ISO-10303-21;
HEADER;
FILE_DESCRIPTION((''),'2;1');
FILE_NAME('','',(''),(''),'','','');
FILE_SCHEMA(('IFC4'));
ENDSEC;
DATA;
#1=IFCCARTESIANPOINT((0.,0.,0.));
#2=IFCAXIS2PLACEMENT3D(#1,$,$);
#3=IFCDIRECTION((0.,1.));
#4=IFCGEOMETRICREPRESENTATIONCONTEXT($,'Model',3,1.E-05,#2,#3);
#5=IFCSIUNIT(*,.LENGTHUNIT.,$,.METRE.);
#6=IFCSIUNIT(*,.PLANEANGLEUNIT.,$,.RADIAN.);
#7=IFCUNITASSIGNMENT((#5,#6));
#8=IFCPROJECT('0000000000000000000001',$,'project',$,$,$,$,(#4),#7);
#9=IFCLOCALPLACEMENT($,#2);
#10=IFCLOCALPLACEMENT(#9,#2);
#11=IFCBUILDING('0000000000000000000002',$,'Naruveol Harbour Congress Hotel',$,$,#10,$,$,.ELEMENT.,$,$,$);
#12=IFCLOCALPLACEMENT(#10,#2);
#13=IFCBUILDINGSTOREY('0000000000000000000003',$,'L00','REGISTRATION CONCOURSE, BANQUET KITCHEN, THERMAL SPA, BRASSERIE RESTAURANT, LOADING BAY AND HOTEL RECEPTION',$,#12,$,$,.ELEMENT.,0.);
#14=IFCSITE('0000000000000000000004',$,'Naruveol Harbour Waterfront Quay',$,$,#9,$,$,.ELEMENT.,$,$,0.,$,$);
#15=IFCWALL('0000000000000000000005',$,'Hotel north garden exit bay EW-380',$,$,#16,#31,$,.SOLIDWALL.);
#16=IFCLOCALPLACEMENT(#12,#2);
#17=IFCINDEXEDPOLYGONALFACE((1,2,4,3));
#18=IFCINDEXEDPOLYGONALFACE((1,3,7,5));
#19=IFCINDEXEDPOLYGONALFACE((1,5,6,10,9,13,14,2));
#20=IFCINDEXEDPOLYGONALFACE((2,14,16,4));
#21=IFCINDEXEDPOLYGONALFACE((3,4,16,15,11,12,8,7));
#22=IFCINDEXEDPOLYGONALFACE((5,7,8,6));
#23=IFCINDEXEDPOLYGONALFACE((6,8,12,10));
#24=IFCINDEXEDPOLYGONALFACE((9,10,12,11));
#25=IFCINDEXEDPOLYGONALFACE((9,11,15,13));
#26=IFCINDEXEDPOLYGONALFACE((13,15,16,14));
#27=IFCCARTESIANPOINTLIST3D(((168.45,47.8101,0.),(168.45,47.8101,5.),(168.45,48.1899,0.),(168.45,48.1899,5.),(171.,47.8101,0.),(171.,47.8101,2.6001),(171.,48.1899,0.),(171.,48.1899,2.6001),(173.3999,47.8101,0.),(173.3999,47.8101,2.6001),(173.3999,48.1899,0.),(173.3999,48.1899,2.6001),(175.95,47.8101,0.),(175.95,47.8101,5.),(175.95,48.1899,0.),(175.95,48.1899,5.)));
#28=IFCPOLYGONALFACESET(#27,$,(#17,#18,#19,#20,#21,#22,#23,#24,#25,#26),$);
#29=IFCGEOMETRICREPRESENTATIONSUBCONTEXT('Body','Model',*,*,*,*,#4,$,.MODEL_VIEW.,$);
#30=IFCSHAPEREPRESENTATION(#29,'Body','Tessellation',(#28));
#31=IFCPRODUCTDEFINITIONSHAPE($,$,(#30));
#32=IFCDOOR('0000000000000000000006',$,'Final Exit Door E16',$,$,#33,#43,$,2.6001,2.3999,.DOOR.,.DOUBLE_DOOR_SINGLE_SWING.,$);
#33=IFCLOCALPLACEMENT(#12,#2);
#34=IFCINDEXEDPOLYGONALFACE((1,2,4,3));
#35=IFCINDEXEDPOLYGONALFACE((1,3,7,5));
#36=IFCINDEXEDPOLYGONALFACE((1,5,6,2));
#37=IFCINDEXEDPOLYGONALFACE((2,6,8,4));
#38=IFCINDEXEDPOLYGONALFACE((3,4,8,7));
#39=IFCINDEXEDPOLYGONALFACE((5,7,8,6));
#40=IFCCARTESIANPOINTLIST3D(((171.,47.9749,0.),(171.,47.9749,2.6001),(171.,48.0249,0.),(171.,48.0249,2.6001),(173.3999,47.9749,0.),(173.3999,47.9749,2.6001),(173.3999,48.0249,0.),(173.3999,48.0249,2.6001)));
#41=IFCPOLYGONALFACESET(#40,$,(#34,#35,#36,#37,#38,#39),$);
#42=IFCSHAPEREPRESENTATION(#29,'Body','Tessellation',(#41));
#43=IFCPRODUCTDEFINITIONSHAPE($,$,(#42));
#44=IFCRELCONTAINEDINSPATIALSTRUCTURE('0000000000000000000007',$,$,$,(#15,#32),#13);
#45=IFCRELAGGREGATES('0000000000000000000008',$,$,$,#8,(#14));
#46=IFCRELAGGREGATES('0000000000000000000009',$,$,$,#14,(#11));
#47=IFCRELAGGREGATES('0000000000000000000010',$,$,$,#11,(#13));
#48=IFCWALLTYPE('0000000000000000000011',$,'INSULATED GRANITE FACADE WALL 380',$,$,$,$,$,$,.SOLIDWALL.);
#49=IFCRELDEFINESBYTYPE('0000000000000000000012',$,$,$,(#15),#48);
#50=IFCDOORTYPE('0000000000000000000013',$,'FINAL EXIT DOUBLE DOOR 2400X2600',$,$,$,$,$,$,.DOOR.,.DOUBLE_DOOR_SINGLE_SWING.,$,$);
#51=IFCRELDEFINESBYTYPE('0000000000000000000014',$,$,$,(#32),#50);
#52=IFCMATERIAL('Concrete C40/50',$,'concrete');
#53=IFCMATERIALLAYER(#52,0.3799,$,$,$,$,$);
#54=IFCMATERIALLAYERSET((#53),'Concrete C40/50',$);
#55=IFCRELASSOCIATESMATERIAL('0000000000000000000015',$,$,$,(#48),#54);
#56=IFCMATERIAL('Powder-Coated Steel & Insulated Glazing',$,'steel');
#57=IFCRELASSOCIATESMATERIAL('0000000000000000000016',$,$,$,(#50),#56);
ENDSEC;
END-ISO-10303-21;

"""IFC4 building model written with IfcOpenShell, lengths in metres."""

from ifc_helpers import new_model, si_unit, direction, frame, frame_2d, origin, place, context, subcontext, project, spatial, rectangle, extrude, material, layer, layer_set, type_object, element, fill, save


model = new_model("IFC4")

# Units and contexts
model_context = context("Model", 3, precision=1e-05, world=origin(), true_north=direction((0.0, 1.0)))
body_context = subcontext(model_context, "Body", "Model", "MODEL_VIEW")
ifc_project = project(units=[si_unit("LENGTHUNIT", "METRE"), si_unit("PLANEANGLEUNIT", "RADIAN")], contexts=[model_context])

# Site, building, storey
site_placement = place(None, origin())
site = spatial("IfcSite", under=ifc_project, at=site_placement, Name="Naruveol Harbour Waterfront Quay", CompositionType="ELEMENT", RefElevation=0.0)
building_placement = place(site_placement, origin())
building = spatial("IfcBuilding", under=site, at=building_placement, Name="Naruveol Harbour Congress Hotel", CompositionType="ELEMENT")
storey_placement = place(building_placement, origin())
storey = spatial("IfcBuildingStorey", under=building, at=storey_placement, Name="L00", Description="REGISTRATION CONCOURSE, BANQUET KITCHEN, THERMAL SPA, BRASSERIE RESTAURANT, LOADING BAY AND HOTEL RECEPTION", CompositionType="ELEMENT", Elevation=0.0)

# Wall, opening, door
ifc_material_1 = material(Name="Concrete C40/50", Category="concrete")
ifc_layer_1 = layer(ifc_material_1, 0.3799)
ifc_layer_set_1 = layer_set([ifc_layer_1], Name="Concrete C40/50")
wall_type_1 = type_object("IfcWallType", Name="INSULATED GRANITE FACADE WALL 380", PredefinedType="SOLIDWALL", material=ifc_layer_set_1)
wall_1_placement = place(storey_placement, frame((168.45, 48.0, 0.0), z_axis=(0.0, 0.0, 1.0), x_axis=(1.0, 0.0, 0.0)))
wall_1 = element("IfcWall", 1, at=wall_1_placement, inside=storey, type_object=wall_type_1, Name="Hotel north garden exit bay EW-380", PredefinedType="SOLIDWALL", context=body_context, shape_type="SweptSolid", body=[
    extrude(rectangle(XDim=7.5, YDim=0.3799, at=frame_2d((3.75, 0.0))), origin(), (0.0, 0.0, 1.0), 5.0),
])
opening_1_placement = place(wall_1_placement, frame((2.55, 0.0, 0.0)))
opening_1 = element("IfcOpeningElement", 2, at=opening_1_placement, cuts=wall_1, PredefinedType="OPENING", context=body_context, shape_type="SweptSolid", body=[
    extrude(rectangle(XDim=2.3999, YDim=2.6001, at=frame_2d((1.2, 1.3))), frame((0.0, 0.2, 0.0), z_axis=(0.0, -1.0, 0.0), x_axis=(1.0, 0.0, 0.0)), (0.0, 0.0, 1.0), 0.3999),
])
ifc_material_2 = material(Name="Powder-Coated Steel & Insulated Glazing", Category="steel")
door_type_1 = type_object("IfcDoorType", Name="FINAL EXIT DOUBLE DOOR 2400X2600", OperationType="DOUBLE_DOOR_SINGLE_SWING", PredefinedType="DOOR", material=ifc_material_2)
door_1_placement = place(opening_1_placement, origin())
door_1 = element("IfcDoor", 3, at=door_1_placement, inside=storey, type_object=door_type_1, Name="Final Exit Door E16", OperationType="DOUBLE_DOOR_SINGLE_SWING", OverallHeight=2.6001, OverallWidth=2.3999, PredefinedType="DOOR", context=body_context, shape_type="SweptSolid", body=[
    extrude(rectangle(XDim=2.3999, YDim=2.6001, at=frame_2d((1.2, 1.3))), frame((0.0, 0.0249, 0.0), z_axis=(0.0, -1.0, 0.0), x_axis=(1.0, 0.0, 0.0)), (0.0, 0.0, 1.0), 0.05),
])
fill(opening_1, door_1)

save(model, "model.ifc")
